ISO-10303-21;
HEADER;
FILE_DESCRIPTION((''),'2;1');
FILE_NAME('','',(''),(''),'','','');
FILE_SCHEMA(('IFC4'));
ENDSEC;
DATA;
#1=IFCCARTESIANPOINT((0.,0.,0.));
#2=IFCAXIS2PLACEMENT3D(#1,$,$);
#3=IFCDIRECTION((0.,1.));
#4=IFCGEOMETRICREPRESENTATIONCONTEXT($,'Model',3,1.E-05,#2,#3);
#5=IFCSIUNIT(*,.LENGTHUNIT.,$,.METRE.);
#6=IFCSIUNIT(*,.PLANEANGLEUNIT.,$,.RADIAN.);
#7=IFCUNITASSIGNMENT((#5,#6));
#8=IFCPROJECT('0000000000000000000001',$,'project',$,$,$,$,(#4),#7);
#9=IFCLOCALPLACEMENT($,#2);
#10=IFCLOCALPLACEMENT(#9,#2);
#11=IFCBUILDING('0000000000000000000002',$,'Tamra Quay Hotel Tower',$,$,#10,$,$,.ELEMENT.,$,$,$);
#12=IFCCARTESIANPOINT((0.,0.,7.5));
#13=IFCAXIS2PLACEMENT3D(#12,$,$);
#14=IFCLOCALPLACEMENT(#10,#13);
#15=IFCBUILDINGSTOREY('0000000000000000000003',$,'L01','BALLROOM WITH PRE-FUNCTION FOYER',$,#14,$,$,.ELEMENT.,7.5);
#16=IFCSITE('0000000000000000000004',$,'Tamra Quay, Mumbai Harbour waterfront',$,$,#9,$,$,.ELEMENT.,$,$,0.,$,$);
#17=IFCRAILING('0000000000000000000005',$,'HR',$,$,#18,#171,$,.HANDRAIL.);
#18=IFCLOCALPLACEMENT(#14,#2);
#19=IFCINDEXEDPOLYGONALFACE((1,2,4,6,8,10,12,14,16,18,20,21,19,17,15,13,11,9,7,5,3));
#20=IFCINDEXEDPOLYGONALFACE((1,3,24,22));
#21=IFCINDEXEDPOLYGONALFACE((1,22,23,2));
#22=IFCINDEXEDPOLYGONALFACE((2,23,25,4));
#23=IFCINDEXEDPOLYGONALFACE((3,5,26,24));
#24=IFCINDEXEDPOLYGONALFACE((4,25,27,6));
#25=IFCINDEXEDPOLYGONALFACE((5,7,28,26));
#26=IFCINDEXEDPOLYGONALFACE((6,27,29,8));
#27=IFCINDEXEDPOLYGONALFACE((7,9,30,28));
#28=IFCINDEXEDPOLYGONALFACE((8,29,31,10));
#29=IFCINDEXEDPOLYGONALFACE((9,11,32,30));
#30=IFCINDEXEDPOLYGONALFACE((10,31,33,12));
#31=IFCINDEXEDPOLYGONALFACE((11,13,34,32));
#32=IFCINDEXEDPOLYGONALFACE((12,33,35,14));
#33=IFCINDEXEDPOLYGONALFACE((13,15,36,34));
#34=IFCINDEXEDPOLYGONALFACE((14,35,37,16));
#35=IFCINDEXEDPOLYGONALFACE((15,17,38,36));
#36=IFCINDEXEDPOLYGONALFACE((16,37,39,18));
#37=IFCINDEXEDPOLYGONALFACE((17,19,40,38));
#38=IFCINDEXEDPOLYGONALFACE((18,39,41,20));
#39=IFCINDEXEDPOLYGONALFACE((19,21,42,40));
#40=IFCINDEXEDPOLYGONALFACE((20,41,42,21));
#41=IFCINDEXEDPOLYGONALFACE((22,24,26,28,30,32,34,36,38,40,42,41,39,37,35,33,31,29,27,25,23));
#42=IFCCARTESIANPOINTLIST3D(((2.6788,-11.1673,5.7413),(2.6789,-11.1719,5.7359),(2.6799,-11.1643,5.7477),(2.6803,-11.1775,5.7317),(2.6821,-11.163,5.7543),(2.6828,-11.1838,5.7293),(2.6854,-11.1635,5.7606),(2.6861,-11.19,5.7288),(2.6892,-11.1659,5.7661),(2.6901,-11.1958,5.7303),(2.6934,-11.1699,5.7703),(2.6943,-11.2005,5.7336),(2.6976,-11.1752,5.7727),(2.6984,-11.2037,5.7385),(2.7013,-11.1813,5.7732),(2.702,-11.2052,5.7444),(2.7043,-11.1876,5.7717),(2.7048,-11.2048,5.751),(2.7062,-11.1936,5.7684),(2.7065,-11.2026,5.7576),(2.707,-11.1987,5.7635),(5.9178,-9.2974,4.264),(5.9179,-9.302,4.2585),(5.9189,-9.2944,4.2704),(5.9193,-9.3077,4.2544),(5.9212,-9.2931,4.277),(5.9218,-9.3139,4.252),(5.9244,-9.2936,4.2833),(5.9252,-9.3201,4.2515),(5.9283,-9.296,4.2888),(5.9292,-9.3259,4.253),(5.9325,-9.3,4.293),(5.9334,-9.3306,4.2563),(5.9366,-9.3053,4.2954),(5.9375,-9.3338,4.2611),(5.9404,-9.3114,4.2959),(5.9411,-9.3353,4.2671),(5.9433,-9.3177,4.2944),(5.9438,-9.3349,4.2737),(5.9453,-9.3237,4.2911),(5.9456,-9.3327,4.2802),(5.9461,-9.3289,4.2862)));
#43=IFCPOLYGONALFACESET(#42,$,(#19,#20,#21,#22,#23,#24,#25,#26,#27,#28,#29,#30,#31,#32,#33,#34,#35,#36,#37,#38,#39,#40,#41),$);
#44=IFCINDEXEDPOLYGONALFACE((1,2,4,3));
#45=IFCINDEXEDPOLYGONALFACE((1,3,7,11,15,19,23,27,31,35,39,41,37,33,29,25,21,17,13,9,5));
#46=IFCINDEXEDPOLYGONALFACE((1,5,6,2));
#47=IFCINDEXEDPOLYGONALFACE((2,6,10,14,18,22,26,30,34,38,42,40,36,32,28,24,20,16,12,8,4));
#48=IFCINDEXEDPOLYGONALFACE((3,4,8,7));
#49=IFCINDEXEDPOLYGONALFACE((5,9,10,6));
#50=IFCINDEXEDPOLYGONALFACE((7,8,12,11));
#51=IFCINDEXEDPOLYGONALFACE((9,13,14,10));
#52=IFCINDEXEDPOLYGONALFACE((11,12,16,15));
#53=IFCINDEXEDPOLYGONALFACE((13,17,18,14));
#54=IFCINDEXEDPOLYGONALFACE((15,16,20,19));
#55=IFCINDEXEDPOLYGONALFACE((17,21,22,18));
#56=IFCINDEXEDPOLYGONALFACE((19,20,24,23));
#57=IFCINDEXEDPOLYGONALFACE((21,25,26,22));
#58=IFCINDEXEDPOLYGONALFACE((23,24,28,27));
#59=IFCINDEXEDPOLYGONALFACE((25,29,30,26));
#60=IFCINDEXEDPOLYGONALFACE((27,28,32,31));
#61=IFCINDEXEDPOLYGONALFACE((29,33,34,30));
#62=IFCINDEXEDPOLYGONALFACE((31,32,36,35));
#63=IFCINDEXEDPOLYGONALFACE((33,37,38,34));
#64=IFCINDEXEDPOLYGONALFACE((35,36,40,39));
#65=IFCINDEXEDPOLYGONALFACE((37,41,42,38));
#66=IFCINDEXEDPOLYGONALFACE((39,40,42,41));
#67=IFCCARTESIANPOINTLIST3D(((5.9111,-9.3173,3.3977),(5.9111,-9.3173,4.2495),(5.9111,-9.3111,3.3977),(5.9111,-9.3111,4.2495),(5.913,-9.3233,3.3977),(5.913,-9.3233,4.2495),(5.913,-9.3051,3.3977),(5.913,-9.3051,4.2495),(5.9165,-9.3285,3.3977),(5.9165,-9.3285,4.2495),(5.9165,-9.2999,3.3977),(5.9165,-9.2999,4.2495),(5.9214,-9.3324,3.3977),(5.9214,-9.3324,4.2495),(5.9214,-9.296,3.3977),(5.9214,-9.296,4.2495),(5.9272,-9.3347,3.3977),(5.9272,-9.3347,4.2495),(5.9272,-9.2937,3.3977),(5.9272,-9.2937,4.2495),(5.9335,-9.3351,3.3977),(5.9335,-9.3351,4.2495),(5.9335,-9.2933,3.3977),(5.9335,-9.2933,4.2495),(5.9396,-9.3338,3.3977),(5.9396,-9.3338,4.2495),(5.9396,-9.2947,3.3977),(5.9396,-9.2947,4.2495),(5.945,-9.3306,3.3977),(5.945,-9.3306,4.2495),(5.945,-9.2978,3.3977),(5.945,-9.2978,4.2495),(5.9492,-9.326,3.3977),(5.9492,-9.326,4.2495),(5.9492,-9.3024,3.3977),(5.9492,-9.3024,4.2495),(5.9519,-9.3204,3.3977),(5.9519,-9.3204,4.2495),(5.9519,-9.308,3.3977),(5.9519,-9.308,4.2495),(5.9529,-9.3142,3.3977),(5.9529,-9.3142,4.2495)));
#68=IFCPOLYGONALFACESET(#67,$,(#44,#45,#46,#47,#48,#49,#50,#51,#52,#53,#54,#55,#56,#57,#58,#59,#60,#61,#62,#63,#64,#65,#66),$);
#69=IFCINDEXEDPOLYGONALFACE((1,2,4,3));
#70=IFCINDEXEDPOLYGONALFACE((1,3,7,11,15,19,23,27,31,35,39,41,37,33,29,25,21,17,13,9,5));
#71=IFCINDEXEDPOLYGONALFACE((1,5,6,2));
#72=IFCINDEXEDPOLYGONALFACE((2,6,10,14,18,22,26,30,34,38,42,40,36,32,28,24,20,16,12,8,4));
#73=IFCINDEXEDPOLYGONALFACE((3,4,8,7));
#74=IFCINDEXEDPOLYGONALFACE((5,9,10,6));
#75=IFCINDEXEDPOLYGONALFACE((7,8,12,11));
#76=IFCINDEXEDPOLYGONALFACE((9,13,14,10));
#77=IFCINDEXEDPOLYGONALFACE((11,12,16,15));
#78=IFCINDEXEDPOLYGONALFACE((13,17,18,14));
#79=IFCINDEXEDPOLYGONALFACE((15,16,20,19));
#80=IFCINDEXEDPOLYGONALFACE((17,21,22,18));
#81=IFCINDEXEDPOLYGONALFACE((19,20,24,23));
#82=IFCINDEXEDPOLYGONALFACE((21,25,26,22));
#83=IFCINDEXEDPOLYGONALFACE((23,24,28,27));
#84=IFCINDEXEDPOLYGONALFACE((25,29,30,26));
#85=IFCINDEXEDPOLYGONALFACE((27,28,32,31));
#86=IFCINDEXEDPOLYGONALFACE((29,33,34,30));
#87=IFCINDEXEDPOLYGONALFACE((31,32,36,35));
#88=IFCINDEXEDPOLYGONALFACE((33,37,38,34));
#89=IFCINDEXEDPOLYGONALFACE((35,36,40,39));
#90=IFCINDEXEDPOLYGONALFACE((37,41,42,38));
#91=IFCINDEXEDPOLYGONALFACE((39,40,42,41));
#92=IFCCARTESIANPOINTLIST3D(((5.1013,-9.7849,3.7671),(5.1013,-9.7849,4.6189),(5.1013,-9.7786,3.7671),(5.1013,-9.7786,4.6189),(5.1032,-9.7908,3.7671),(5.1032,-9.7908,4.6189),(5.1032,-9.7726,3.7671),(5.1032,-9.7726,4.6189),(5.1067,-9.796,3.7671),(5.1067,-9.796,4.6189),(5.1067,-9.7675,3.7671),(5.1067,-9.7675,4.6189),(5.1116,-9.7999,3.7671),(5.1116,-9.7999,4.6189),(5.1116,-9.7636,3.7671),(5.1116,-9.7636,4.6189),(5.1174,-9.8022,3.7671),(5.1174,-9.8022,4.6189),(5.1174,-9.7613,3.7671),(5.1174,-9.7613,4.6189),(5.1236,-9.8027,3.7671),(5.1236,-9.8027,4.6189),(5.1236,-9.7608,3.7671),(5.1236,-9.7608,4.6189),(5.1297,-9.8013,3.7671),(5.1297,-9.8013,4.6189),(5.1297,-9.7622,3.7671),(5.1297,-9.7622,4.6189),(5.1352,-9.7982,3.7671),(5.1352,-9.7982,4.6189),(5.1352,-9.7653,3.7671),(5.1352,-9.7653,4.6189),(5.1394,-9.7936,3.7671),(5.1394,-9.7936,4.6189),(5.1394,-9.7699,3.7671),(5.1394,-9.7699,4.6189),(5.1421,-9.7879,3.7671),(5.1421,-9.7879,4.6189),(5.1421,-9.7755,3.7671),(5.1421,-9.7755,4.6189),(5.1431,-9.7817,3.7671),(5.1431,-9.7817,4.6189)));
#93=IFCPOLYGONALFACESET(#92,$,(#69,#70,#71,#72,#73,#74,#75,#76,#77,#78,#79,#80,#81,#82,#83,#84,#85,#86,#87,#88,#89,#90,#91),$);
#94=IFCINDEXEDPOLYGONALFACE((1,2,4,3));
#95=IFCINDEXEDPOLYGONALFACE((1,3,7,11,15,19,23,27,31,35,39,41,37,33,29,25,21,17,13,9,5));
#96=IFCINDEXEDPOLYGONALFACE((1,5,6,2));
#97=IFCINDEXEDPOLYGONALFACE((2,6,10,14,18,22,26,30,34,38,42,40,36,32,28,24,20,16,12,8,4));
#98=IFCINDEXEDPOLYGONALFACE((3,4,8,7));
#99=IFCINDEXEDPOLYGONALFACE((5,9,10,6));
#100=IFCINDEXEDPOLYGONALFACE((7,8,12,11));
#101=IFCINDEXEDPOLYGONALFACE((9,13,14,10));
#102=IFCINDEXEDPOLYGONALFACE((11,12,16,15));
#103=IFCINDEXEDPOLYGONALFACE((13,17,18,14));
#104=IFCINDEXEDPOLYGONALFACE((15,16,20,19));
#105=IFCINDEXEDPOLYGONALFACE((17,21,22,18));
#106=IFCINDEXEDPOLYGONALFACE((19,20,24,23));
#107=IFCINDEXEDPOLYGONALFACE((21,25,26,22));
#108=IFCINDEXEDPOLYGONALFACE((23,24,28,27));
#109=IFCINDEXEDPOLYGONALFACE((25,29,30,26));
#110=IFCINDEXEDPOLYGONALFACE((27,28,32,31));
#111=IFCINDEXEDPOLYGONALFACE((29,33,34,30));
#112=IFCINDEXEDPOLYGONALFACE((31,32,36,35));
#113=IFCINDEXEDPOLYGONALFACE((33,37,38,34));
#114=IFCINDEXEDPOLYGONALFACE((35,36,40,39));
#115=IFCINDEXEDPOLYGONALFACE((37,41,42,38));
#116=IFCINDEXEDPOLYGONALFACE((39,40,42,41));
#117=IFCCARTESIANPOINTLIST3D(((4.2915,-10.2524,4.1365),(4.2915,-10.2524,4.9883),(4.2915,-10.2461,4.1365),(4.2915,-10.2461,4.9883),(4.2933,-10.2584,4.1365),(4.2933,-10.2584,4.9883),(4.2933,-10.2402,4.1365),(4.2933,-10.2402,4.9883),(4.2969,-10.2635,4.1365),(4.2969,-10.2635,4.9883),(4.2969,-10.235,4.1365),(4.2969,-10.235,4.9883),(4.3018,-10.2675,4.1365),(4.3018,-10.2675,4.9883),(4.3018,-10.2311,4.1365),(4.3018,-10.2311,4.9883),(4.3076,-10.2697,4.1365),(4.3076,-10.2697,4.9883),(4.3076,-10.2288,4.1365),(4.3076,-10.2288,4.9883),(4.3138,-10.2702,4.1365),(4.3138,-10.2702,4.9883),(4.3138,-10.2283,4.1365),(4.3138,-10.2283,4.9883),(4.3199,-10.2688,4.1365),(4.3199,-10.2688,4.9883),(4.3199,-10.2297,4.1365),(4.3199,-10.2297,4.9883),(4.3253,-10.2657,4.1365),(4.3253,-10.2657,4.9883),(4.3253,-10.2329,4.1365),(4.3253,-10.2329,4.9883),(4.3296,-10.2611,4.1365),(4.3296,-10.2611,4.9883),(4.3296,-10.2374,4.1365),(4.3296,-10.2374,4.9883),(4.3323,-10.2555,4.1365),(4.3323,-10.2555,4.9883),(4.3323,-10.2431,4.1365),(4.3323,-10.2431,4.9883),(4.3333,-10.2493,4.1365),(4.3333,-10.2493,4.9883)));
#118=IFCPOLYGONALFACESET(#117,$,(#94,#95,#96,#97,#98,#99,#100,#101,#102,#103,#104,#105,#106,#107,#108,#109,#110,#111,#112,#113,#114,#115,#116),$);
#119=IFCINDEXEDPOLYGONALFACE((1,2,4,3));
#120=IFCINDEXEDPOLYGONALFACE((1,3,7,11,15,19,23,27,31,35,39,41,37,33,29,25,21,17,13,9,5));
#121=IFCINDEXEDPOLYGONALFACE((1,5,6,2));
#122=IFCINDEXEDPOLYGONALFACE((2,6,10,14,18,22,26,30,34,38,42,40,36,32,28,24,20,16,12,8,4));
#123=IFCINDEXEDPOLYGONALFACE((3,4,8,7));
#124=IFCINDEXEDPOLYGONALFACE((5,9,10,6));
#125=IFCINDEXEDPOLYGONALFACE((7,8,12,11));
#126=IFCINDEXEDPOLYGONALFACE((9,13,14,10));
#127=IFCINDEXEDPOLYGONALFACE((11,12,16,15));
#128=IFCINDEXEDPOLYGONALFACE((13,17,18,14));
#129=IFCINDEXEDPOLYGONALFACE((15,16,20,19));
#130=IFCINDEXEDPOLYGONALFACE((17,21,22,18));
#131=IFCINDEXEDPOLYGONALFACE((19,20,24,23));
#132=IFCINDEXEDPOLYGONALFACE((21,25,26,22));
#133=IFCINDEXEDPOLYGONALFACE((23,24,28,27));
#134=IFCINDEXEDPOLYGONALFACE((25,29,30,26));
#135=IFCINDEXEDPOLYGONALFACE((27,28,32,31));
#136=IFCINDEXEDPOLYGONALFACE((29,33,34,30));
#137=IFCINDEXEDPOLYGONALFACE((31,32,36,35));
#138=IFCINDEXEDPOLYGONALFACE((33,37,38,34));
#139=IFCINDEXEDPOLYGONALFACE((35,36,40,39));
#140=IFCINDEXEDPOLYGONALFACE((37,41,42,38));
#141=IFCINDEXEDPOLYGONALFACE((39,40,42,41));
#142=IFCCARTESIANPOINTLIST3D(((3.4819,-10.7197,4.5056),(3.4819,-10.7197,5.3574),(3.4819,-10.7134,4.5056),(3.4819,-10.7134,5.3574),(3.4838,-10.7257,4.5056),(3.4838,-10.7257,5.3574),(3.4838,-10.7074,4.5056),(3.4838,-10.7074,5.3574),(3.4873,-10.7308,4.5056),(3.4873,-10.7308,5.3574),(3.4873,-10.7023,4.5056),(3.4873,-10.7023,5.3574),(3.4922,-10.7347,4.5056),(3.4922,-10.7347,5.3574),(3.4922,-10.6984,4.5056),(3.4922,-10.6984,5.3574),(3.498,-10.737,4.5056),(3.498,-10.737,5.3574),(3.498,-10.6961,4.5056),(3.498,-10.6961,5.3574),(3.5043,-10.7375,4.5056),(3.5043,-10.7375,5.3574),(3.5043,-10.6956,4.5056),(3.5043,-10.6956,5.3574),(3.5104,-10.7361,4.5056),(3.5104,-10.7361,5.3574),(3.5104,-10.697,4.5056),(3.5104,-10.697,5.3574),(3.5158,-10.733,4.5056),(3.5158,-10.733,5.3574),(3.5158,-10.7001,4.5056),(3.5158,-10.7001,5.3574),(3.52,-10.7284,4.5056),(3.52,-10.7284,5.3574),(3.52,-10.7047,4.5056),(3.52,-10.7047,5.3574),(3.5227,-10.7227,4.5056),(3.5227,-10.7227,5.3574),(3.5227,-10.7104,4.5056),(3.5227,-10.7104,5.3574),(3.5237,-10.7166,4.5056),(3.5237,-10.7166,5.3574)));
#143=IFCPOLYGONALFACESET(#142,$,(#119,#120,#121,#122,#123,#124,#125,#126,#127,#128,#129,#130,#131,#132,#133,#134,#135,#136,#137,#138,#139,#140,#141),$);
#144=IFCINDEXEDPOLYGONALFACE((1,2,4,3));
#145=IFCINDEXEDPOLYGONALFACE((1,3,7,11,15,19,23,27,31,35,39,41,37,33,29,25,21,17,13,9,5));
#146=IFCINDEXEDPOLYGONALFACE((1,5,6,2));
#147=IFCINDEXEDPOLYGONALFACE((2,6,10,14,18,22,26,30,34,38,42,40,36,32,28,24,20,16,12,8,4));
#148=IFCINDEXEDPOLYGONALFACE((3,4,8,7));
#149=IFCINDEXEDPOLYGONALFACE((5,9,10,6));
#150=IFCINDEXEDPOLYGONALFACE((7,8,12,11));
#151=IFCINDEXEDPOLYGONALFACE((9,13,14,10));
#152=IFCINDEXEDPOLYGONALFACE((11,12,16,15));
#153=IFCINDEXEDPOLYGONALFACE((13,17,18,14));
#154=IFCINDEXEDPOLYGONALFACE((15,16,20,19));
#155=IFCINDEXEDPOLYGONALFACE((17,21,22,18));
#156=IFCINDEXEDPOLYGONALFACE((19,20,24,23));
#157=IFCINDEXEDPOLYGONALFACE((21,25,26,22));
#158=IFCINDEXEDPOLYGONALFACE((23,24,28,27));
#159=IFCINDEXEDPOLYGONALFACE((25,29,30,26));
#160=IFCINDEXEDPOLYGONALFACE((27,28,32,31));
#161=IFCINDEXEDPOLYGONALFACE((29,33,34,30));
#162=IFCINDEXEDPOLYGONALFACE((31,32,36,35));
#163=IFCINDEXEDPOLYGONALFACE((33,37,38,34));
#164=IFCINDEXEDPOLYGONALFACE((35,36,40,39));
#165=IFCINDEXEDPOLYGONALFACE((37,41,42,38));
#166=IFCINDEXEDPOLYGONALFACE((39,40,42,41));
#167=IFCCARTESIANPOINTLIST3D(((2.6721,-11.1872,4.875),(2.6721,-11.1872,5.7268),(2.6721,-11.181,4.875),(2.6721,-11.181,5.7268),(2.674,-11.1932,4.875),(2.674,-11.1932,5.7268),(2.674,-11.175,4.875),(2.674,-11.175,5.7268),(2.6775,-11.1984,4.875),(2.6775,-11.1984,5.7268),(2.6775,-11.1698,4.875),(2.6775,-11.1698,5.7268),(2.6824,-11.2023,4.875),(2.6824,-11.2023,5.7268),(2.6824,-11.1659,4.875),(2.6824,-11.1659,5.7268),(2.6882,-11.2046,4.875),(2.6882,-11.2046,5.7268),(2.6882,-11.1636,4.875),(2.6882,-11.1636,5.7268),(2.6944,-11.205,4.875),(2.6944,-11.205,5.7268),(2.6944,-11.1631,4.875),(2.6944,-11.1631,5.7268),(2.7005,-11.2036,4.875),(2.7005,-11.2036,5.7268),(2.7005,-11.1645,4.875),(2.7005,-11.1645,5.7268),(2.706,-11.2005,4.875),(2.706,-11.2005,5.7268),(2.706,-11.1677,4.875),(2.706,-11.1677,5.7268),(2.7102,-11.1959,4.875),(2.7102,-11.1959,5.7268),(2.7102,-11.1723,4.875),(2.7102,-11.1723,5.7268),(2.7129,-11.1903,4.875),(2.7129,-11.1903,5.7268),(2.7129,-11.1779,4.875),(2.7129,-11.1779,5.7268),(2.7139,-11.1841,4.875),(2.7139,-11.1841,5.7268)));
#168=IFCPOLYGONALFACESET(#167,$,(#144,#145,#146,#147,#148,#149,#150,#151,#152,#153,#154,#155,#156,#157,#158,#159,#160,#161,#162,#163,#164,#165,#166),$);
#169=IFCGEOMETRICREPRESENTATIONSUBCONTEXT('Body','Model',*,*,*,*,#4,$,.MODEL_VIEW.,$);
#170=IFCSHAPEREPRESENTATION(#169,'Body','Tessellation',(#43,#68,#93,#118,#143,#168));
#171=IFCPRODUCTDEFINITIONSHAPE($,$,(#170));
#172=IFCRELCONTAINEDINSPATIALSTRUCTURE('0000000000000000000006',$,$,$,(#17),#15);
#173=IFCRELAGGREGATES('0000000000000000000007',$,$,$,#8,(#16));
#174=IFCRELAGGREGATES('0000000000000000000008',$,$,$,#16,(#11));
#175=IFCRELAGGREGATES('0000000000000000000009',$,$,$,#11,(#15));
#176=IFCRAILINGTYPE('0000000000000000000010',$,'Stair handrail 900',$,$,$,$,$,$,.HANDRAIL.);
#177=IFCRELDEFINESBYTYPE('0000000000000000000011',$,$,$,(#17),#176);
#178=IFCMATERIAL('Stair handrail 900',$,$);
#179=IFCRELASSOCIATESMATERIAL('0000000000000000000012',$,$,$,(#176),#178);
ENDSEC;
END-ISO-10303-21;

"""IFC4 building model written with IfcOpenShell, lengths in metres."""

from ifc_helpers import new_model, si_unit, direction, frame, origin, origin_2d, place, context, subcontext, project, spatial, circle, extrude, material, type_object, element, save


model = new_model("IFC4")

# Units and contexts
model_context = context("Model", 3, precision=1e-05, world=origin(), true_north=direction((0.0, 1.0)))
body_context = subcontext(model_context, "Body", "Model", "MODEL_VIEW")
ifc_project = project(units=[si_unit("LENGTHUNIT", "METRE"), si_unit("PLANEANGLEUNIT", "RADIAN")], contexts=[model_context])

# Site, building, storey
site_placement = place(None, origin())
site = spatial("IfcSite", under=ifc_project, at=site_placement, Name="Tamra Quay, Mumbai Harbour waterfront", CompositionType="ELEMENT", RefElevation=0.0)
building_placement = place(site_placement, origin())
building = spatial("IfcBuilding", under=site, at=building_placement, Name="Tamra Quay Hotel Tower", CompositionType="ELEMENT")
storey_placement = place(building_placement, frame((0.0, 0.0, 7.5)))
storey = spatial("IfcBuildingStorey", under=building, at=storey_placement, Name="L01", Description="BALLROOM WITH PRE-FUNCTION FOYER", CompositionType="ELEMENT", Elevation=7.5)

# Railing
ifc_material_1 = material(Name="Stair handrail 900")
railing_type_1 = type_object("IfcRailingType", Name="Stair handrail 900", PredefinedType="HANDRAIL", material=ifc_material_1)
for number, where, name in (
    (1, (5.9319, -9.3142, 3.3977), "HR"),
):
    element("IfcRailing", number, at=place(storey_placement, frame(where)), inside=storey, type_object=railing_type_1, Name=name, PredefinedType="HANDRAIL", context=body_context, shape_type="SweptSolid", body=[
        extrude(circle(Radius=0.0239, at=origin_2d()), frame((0.0, 0.0, 0.876), z_axis=(-0.805485, -0.465004, 0.367377), x_axis=(0.499965, -0.866045, 0.0)), (0.0, 0.0, 1.0), 4.0212),
        extrude(circle(Radius=0.021, at=origin_2d()), origin(), (0.0, 0.0, 1.0), 0.8518),
        extrude(circle(Radius=0.021, at=origin_2d()), frame((-0.8098, -0.4675, 0.3694)), (0.0, 0.0, 1.0), 0.8518),
        extrude(circle(Radius=0.021, at=origin_2d()), frame((-1.6196, -0.9351, 0.7388)), (0.0, 0.0, 1.0), 0.8518),
        extrude(circle(Radius=0.021, at=origin_2d()), frame((-2.4292, -1.4023, 1.1079)), (0.0, 0.0, 1.0), 0.8518),
        extrude(circle(Radius=0.021, at=origin_2d()), frame((-3.239, -1.8699, 1.4773)), (0.0, 0.0, 1.0), 0.8518),
    ])

save(model, "model.ifc")
